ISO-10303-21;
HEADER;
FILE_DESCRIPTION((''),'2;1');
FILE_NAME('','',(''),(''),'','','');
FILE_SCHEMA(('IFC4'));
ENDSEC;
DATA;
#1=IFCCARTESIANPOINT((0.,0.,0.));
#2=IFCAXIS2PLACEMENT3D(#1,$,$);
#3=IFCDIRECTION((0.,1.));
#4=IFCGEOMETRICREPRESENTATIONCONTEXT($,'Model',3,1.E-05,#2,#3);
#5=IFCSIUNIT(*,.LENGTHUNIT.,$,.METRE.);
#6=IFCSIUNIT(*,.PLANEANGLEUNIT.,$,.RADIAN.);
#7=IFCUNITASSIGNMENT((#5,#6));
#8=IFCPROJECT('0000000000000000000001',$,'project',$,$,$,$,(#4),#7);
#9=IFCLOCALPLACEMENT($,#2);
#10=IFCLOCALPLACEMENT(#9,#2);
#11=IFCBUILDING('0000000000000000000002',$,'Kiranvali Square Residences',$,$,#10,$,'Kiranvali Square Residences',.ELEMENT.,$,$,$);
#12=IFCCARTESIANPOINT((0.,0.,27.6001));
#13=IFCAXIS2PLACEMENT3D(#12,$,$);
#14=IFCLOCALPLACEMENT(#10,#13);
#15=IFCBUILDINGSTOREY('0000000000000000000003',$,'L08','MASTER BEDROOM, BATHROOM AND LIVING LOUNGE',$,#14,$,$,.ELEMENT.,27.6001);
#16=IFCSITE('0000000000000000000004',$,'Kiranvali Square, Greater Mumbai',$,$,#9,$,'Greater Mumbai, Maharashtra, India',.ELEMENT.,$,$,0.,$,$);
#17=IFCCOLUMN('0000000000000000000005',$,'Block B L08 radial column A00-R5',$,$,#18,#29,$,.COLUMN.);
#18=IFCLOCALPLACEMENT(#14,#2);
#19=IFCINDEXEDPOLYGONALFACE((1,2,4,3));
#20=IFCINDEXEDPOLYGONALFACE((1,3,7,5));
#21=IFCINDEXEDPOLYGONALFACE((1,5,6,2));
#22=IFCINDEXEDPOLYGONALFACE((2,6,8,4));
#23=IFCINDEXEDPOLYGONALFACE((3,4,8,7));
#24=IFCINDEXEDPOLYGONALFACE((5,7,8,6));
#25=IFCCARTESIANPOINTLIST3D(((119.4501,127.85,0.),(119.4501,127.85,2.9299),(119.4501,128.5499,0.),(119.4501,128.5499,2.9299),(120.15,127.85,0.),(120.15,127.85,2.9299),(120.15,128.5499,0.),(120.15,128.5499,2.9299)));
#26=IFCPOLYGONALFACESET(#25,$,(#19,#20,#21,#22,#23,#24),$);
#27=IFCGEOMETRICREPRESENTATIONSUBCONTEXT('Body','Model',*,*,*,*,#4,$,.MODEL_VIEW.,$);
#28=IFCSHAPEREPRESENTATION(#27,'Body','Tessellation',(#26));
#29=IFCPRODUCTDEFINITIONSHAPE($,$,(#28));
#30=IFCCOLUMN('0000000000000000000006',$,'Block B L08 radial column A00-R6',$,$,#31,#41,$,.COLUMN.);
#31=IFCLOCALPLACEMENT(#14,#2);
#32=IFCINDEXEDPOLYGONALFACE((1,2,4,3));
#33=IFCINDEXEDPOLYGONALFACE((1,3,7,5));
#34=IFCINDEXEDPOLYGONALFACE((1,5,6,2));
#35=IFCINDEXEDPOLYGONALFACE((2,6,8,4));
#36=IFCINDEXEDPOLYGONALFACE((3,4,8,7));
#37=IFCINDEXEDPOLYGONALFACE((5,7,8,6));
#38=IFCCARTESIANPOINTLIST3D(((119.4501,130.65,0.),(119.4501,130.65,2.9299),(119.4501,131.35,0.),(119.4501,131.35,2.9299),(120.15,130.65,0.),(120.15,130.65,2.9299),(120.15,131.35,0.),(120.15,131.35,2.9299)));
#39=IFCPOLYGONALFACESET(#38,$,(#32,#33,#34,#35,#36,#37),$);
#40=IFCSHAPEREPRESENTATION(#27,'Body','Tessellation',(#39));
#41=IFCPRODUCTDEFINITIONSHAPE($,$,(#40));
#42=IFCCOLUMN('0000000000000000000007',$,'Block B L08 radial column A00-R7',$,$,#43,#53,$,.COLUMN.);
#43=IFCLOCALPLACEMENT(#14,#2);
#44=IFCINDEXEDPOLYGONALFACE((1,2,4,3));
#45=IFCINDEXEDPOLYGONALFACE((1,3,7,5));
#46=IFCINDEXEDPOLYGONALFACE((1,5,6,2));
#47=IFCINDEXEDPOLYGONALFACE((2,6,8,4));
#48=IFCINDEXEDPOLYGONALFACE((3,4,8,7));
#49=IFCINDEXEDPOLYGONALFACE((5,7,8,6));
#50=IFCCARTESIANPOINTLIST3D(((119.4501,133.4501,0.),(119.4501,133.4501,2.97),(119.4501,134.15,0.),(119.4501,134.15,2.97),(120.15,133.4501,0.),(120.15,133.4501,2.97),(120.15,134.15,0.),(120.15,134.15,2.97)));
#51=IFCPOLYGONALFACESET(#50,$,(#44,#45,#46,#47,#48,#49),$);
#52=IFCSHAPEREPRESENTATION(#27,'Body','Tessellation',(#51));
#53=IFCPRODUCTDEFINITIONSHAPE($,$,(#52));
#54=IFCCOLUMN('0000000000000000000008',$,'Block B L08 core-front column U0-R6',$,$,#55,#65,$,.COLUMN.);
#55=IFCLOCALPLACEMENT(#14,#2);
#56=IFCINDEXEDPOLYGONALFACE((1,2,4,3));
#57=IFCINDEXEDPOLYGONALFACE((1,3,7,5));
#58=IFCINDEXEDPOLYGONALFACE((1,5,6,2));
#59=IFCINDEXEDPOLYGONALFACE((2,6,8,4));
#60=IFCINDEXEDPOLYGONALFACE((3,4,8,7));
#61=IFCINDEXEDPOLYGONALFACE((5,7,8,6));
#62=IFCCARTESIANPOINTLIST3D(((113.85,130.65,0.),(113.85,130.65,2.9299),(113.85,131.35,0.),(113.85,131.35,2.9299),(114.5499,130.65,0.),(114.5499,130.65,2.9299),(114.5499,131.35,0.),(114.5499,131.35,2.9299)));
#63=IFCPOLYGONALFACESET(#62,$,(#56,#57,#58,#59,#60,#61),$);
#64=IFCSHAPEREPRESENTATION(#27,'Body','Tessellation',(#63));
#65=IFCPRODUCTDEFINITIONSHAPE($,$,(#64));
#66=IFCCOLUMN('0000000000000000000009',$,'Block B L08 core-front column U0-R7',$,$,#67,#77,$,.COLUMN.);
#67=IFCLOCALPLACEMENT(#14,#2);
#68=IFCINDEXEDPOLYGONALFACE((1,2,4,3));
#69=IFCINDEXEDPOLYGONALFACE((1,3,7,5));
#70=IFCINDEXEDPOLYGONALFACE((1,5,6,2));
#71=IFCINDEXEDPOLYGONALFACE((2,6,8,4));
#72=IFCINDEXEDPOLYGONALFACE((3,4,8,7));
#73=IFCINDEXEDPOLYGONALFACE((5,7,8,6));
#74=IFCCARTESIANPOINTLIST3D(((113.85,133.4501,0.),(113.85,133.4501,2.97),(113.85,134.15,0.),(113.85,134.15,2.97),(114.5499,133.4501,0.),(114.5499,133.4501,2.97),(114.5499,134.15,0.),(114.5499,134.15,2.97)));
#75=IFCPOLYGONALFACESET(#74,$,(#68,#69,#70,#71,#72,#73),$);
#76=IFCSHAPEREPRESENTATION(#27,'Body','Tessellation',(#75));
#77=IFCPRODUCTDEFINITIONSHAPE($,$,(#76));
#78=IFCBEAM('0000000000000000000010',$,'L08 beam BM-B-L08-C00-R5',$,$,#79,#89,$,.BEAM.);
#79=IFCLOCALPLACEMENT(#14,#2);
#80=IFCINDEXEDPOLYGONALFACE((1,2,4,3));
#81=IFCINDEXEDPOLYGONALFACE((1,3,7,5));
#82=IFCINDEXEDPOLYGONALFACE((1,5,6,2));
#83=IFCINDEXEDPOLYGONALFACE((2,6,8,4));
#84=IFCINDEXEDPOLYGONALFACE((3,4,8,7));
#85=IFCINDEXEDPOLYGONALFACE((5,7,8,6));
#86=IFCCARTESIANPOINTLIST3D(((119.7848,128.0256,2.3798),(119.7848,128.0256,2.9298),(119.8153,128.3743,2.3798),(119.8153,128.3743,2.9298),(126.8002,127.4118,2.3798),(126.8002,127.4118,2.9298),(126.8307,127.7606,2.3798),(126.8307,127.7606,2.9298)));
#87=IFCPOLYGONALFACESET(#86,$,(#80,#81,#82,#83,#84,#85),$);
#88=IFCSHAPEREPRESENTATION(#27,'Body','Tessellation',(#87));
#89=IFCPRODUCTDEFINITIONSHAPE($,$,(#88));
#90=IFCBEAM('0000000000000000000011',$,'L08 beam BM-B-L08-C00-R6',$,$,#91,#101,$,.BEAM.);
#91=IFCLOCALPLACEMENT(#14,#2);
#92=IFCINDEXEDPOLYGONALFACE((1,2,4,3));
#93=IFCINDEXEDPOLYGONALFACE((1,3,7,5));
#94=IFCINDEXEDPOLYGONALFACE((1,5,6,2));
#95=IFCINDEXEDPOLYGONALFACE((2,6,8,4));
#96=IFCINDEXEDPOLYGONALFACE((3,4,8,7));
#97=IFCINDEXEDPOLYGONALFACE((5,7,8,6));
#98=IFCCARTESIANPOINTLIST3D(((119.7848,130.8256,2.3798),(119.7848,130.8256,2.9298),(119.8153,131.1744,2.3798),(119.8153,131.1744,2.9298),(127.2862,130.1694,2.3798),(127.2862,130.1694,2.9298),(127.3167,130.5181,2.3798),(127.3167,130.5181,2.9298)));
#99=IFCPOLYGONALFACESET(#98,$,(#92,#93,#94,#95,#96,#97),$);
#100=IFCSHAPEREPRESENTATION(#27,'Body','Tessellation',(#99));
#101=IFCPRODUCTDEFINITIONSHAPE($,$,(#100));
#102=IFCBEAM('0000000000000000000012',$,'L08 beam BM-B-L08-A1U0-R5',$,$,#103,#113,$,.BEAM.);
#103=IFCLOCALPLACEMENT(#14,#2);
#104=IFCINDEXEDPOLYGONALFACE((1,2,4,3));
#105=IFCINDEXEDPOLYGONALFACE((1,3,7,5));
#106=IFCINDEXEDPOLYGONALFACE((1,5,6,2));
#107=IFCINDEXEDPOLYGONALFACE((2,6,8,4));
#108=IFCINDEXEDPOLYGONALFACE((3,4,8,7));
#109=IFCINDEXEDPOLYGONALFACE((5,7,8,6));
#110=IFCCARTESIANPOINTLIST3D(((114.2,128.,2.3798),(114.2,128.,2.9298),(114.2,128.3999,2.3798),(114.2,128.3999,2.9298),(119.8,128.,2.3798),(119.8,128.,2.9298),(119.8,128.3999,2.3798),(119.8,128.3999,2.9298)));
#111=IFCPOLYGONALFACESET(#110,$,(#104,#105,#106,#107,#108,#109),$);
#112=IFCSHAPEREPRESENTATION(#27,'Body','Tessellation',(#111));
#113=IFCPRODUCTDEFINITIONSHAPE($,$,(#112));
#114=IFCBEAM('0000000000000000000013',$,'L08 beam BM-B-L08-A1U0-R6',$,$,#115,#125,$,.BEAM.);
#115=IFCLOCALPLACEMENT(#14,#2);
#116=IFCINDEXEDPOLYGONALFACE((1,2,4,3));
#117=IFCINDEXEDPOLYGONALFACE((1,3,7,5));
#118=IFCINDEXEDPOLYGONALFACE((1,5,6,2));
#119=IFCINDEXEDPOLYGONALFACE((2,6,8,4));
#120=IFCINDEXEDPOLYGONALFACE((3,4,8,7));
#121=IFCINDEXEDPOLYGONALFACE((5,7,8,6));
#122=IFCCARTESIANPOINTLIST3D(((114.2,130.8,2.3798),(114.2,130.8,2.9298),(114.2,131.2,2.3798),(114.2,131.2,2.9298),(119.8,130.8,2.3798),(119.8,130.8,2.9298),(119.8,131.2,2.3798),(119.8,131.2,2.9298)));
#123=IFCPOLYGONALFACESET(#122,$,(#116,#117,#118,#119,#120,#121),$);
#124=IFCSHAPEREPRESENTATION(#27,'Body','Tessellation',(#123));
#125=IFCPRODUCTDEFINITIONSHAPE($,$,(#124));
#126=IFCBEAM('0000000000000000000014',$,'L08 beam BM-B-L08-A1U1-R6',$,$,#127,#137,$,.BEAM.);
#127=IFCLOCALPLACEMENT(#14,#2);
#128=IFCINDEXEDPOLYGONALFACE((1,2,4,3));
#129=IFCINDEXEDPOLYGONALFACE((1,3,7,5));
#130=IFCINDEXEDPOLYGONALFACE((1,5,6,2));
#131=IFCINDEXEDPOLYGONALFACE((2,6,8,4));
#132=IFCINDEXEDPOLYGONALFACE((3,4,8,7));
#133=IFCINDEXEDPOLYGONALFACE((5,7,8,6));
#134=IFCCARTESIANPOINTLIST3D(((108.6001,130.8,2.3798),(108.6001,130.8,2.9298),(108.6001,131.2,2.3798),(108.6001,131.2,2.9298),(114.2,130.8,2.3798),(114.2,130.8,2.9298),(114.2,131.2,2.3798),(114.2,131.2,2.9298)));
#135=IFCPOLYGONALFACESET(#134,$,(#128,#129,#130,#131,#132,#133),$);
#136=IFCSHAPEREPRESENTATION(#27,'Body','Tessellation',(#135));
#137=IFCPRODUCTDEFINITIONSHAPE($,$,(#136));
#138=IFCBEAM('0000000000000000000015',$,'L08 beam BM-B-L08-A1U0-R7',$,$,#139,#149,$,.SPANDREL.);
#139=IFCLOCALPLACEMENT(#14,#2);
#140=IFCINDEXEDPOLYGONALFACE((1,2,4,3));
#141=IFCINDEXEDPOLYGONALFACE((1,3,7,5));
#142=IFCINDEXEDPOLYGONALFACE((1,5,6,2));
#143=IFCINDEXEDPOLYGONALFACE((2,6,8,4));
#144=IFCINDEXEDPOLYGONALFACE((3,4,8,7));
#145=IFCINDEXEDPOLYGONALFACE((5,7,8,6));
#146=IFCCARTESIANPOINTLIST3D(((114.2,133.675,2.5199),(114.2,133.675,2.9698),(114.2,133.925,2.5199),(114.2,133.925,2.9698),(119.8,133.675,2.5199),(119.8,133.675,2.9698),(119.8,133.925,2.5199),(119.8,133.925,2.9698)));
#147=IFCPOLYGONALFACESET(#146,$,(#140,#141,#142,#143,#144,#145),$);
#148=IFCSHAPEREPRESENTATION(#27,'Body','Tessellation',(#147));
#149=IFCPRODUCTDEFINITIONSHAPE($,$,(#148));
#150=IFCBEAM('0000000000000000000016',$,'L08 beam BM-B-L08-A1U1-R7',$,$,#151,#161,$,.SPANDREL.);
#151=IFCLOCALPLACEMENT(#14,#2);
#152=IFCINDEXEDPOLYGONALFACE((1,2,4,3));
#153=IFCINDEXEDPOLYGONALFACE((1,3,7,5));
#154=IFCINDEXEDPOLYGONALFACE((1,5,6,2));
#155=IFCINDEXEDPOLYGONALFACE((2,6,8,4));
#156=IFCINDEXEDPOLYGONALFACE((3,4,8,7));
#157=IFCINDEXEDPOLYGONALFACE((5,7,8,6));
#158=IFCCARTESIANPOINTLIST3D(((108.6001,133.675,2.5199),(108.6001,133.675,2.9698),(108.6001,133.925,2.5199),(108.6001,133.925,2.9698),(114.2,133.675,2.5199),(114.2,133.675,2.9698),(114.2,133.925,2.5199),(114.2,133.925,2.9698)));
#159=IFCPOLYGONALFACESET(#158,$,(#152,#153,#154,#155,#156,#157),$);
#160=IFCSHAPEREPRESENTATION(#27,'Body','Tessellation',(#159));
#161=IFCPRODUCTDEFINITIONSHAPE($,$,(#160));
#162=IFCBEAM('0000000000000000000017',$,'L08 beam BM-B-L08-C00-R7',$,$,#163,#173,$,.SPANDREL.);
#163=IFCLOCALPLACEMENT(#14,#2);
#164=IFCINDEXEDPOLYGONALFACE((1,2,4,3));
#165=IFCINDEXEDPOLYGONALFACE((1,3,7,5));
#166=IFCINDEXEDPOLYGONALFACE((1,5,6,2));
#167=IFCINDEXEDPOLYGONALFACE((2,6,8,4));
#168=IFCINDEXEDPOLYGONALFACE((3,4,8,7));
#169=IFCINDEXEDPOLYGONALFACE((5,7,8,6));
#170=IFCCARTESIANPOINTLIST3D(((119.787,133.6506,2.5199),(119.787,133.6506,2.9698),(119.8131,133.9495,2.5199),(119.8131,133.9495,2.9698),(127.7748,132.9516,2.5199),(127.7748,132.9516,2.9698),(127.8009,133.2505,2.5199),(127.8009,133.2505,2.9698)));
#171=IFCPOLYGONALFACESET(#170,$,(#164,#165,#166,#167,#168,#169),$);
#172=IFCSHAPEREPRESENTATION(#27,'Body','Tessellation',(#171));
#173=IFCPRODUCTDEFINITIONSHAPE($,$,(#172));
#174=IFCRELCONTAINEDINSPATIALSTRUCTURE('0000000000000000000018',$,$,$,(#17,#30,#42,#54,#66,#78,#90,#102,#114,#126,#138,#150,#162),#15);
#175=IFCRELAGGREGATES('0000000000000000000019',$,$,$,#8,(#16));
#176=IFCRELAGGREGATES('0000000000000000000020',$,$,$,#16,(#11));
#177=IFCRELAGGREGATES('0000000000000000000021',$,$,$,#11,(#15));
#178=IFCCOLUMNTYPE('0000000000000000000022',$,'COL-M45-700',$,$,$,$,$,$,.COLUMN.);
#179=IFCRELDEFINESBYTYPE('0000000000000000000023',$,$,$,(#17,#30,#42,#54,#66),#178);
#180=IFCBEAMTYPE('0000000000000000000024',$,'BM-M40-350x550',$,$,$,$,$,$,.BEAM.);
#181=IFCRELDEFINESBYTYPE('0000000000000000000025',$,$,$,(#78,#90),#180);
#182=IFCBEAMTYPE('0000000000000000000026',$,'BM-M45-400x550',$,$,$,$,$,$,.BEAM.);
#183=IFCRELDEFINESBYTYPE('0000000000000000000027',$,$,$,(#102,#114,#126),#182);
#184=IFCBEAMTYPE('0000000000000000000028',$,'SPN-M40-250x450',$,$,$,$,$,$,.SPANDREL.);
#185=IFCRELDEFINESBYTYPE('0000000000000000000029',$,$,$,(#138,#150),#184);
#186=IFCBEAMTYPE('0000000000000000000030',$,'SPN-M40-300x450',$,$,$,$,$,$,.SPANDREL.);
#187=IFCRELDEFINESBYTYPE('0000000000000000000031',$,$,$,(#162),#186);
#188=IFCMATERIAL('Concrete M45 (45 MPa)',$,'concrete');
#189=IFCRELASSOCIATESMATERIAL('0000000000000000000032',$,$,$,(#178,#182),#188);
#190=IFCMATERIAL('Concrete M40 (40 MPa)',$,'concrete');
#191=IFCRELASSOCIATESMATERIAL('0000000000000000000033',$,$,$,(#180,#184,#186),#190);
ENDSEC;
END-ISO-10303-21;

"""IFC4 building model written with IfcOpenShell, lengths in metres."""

from ifc_helpers import new_model, si_unit, direction, frame, origin, origin_2d, place, context, subcontext, project, spatial, rectangle, extrude, material, material_profile, profile_set, type_object, element, save


model = new_model("IFC4")

# Units and contexts
model_context = context("Model", 3, precision=1e-05, world=origin(), true_north=direction((0.0, 1.0)))
body_context = subcontext(model_context, "Body", "Model", "MODEL_VIEW")
ifc_project = project(units=[si_unit("LENGTHUNIT", "METRE"), si_unit("PLANEANGLEUNIT", "RADIAN")], contexts=[model_context])

# Site, building, storey
site_placement = place(None, origin())
site = spatial("IfcSite", under=ifc_project, at=site_placement, Name="Kiranvali Square, Greater Mumbai", LongName="Greater Mumbai, Maharashtra, India", CompositionType="ELEMENT", RefElevation=0.0)
building_placement = place(site_placement, origin())
building = spatial("IfcBuilding", under=site, at=building_placement, Name="Kiranvali Square Residences", LongName="Kiranvali Square Residences", CompositionType="ELEMENT")
storey_placement = place(building_placement, frame((0.0, 0.0, 27.6001)))
storey = spatial("IfcBuildingStorey", under=building, at=storey_placement, Name="L08", Description="MASTER BEDROOM, BATHROOM AND LIVING LOUNGE", CompositionType="ELEMENT", Elevation=27.6001)

# Columns
ifc_material_1 = material(Name="Concrete M45 (45 MPa)", Category="concrete")
ifc_material_profile_1 = material_profile(ifc_material_1, rectangle(XDim=0.7, YDim=0.7, at=origin_2d()), Name="RC 700x700")
ifc_profile_set_1 = profile_set([ifc_material_profile_1], Name="Concrete M45 (45 MPa)")
column_type = type_object("IfcColumnType", Name="COL-M45-700", PredefinedType="COLUMN", material=ifc_profile_set_1)
for number, where, z_axis, x_axis, name in (
    (1, (119.8, 128.2, 0.0), (0.0, 0.0, 1.0), (1.0, 0.0, 0.0), "Block B L08 radial column A00-R5"),
    (2, (119.8, 131.0, 0.0), (0.0, 0.0, 1.0), (1.0, 0.0, 0.0), "Block B L08 radial column A00-R6"),
):
    element("IfcColumn", number, at=place(storey_placement, frame(where, z_axis=z_axis, x_axis=x_axis)), inside=storey, type_object=column_type, Name=name, PredefinedType="COLUMN", context=body_context, shape_type="SweptSolid", body=[
        extrude(rectangle(XDim=0.7, YDim=0.7, at=origin_2d()), origin(), (0.0, 0.0, 1.0), 2.9299),
    ])
column_1_placement = place(storey_placement, frame((119.8, 133.8, 0.0), z_axis=(0.0, 0.0, 1.0), x_axis=(1.0, 0.0, 0.0)))
element("IfcColumn", 3, at=column_1_placement, inside=storey, type_object=column_type, Name="Block B L08 radial column A00-R7", PredefinedType="COLUMN", context=body_context, shape_type="SweptSolid", body=[
    extrude(rectangle(XDim=0.7, YDim=0.7, at=origin_2d()), origin(), (0.0, 0.0, 1.0), 2.97),
])
column_2_placement = place(storey_placement, frame((114.2, 131.0, 0.0), z_axis=(0.0, 0.0, 1.0), x_axis=(1.0, 0.0, 0.0)))
element("IfcColumn", 4, at=column_2_placement, inside=storey, type_object=column_type, Name="Block B L08 core-front column U0-R6", PredefinedType="COLUMN", context=body_context, shape_type="SweptSolid", body=[
    extrude(rectangle(XDim=0.7, YDim=0.7, at=origin_2d()), origin(), (0.0, 0.0, 1.0), 2.9299),
])
column_3_placement = place(storey_placement, frame((114.2, 133.8, 0.0), z_axis=(0.0, 0.0, 1.0), x_axis=(1.0, 0.0, 0.0)))
element("IfcColumn", 5, at=column_3_placement, inside=storey, type_object=column_type, Name="Block B L08 core-front column U0-R7", PredefinedType="COLUMN", context=body_context, shape_type="SweptSolid", body=[
    extrude(rectangle(XDim=0.7, YDim=0.7, at=origin_2d()), origin(), (0.0, 0.0, 1.0), 2.97),
])

# Beams
ifc_material_2 = material(Name="Concrete M40 (40 MPa)", Category="concrete")
ifc_material_profile_2 = material_profile(ifc_material_2, rectangle(XDim=0.3501, YDim=0.55, at=origin_2d()), Name="RC 350x550")
ifc_profile_set_2 = profile_set([ifc_material_profile_2], Name="Concrete M40 (40 MPa)")
beam_type_1 = type_object("IfcBeamType", Name="BM-M40-350x550", PredefinedType="BEAM", material=ifc_profile_set_2)
beam_1_placement = place(storey_placement, frame((119.8, 128.2, 2.6548), z_axis=(0.996195, -0.087156, 0.0), x_axis=(0.087156, 0.996195, 0.0)))
element("IfcBeam", 6, at=beam_1_placement, inside=storey, type_object=beam_type_1, Name="L08 beam BM-B-L08-C00-R5", PredefinedType="BEAM", context=body_context, shape_type="SweptSolid", body=[
    extrude(rectangle(XDim=0.3501, YDim=0.55, at=origin_2d()), origin(), (0.0, 0.0, 1.0), 7.0422),
])
beam_2_placement = place(storey_placement, frame((119.8, 131.0, 2.6548), z_axis=(0.996195, -0.08715, 0.0), x_axis=(0.08715, 0.996195, 0.0)))
element("IfcBeam", 7, at=beam_2_placement, inside=storey, type_object=beam_type_1, Name="L08 beam BM-B-L08-C00-R6", PredefinedType="BEAM", context=body_context, shape_type="SweptSolid", body=[
    extrude(rectangle(XDim=0.3501, YDim=0.55, at=origin_2d()), origin(), (0.0, 0.0, 1.0), 7.53),
])
ifc_material_profile_3 = material_profile(ifc_material_1, rectangle(XDim=0.3999, YDim=0.55, at=origin_2d()), Name="RC 400x550")
ifc_profile_set_3 = profile_set([ifc_material_profile_3], Name="Concrete M45 (45 MPa)")
beam_type_2 = type_object("IfcBeamType", Name="BM-M45-400x550", PredefinedType="BEAM", material=ifc_profile_set_3)
for number, where, z_axis, x_axis, name in (
    (8, (119.8, 128.2, 2.6548), (-1.0, 0.0, 0.0), (0.0, -1.0, 0.0), "L08 beam BM-B-L08-A1U0-R5"),
    (9, (119.8, 131.0, 2.6548), (-1.0, 0.0, 0.0), (0.0, -1.0, 0.0), "L08 beam BM-B-L08-A1U0-R6"),
):
    element("IfcBeam", number, at=place(storey_placement, frame(where, z_axis=z_axis, x_axis=x_axis)), inside=storey, type_object=beam_type_2, Name=name, PredefinedType="BEAM", context=body_context, shape_type="SweptSolid", body=[
        extrude(rectangle(XDim=0.3999, YDim=0.55, at=origin_2d()), origin(), (0.0, 0.0, 1.0), 5.6001),
    ])
beam_3_placement = place(storey_placement, frame((114.2, 131.0, 2.6548), z_axis=(-1.0, 0.0, 0.0), x_axis=(0.0, -1.0, 0.0)))
element("IfcBeam", 10, at=beam_3_placement, inside=storey, type_object=beam_type_2, Name="L08 beam BM-B-L08-A1U1-R6", PredefinedType="BEAM", context=body_context, shape_type="SweptSolid", body=[
    extrude(rectangle(XDim=0.3999, YDim=0.55, at=origin_2d()), origin(), (0.0, 0.0, 1.0), 5.5999),
])
ifc_material_profile_4 = material_profile(ifc_material_2, rectangle(XDim=0.25, YDim=0.45, at=origin_2d()), Name="RC 250x450")
ifc_profile_set_4 = profile_set([ifc_material_profile_4], Name="Concrete M40 (40 MPa)")
beam_type_3 = type_object("IfcBeamType", Name="SPN-M40-250x450", PredefinedType="SPANDREL", material=ifc_profile_set_4)
beam_4_placement = place(storey_placement, frame((119.8, 133.8, 2.7449), z_axis=(-1.0, 0.0, 0.0), x_axis=(0.0, -1.0, 0.0)))
element("IfcBeam", 11, at=beam_4_placement, inside=storey, type_object=beam_type_3, Name="L08 beam BM-B-L08-A1U0-R7", PredefinedType="SPANDREL", context=body_context, shape_type="SweptSolid", body=[
    extrude(rectangle(XDim=0.25, YDim=0.45, at=origin_2d()), origin(), (0.0, 0.0, 1.0), 5.6001),
])
beam_5_placement = place(storey_placement, frame((114.2, 133.8, 2.7449), z_axis=(-1.0, 0.0, 0.0), x_axis=(0.0, -1.0, 0.0)))
element("IfcBeam", 12, at=beam_5_placement, inside=storey, type_object=beam_type_3, Name="L08 beam BM-B-L08-A1U1-R7", PredefinedType="SPANDREL", context=body_context, shape_type="SweptSolid", body=[
    extrude(rectangle(XDim=0.25, YDim=0.45, at=origin_2d()), origin(), (0.0, 0.0, 1.0), 5.5999),
])
ifc_material_profile_5 = material_profile(ifc_material_2, rectangle(XDim=0.3, YDim=0.45, at=origin_2d()), Name="RC 300x450")
ifc_profile_set_5 = profile_set([ifc_material_profile_5], Name="Concrete M40 (40 MPa)")
beam_type_4 = type_object("IfcBeamType", Name="SPN-M40-300x450", PredefinedType="SPANDREL", material=ifc_profile_set_5)
beam_6_placement = place(storey_placement, frame((119.8, 133.8, 2.7449), z_axis=(0.996193, -0.087172, 0.0), x_axis=(0.087172, 0.996193, 0.0)))
element("IfcBeam", 13, at=beam_6_placement, inside=storey, type_object=beam_type_4, Name="L08 beam BM-B-L08-C00-R7", PredefinedType="SPANDREL", context=body_context, shape_type="SweptSolid", body=[
    extrude(rectangle(XDim=0.3, YDim=0.45, at=origin_2d()), origin(), (0.0, 0.0, 1.0), 8.0183),
])

save(model, "model.ifc")
